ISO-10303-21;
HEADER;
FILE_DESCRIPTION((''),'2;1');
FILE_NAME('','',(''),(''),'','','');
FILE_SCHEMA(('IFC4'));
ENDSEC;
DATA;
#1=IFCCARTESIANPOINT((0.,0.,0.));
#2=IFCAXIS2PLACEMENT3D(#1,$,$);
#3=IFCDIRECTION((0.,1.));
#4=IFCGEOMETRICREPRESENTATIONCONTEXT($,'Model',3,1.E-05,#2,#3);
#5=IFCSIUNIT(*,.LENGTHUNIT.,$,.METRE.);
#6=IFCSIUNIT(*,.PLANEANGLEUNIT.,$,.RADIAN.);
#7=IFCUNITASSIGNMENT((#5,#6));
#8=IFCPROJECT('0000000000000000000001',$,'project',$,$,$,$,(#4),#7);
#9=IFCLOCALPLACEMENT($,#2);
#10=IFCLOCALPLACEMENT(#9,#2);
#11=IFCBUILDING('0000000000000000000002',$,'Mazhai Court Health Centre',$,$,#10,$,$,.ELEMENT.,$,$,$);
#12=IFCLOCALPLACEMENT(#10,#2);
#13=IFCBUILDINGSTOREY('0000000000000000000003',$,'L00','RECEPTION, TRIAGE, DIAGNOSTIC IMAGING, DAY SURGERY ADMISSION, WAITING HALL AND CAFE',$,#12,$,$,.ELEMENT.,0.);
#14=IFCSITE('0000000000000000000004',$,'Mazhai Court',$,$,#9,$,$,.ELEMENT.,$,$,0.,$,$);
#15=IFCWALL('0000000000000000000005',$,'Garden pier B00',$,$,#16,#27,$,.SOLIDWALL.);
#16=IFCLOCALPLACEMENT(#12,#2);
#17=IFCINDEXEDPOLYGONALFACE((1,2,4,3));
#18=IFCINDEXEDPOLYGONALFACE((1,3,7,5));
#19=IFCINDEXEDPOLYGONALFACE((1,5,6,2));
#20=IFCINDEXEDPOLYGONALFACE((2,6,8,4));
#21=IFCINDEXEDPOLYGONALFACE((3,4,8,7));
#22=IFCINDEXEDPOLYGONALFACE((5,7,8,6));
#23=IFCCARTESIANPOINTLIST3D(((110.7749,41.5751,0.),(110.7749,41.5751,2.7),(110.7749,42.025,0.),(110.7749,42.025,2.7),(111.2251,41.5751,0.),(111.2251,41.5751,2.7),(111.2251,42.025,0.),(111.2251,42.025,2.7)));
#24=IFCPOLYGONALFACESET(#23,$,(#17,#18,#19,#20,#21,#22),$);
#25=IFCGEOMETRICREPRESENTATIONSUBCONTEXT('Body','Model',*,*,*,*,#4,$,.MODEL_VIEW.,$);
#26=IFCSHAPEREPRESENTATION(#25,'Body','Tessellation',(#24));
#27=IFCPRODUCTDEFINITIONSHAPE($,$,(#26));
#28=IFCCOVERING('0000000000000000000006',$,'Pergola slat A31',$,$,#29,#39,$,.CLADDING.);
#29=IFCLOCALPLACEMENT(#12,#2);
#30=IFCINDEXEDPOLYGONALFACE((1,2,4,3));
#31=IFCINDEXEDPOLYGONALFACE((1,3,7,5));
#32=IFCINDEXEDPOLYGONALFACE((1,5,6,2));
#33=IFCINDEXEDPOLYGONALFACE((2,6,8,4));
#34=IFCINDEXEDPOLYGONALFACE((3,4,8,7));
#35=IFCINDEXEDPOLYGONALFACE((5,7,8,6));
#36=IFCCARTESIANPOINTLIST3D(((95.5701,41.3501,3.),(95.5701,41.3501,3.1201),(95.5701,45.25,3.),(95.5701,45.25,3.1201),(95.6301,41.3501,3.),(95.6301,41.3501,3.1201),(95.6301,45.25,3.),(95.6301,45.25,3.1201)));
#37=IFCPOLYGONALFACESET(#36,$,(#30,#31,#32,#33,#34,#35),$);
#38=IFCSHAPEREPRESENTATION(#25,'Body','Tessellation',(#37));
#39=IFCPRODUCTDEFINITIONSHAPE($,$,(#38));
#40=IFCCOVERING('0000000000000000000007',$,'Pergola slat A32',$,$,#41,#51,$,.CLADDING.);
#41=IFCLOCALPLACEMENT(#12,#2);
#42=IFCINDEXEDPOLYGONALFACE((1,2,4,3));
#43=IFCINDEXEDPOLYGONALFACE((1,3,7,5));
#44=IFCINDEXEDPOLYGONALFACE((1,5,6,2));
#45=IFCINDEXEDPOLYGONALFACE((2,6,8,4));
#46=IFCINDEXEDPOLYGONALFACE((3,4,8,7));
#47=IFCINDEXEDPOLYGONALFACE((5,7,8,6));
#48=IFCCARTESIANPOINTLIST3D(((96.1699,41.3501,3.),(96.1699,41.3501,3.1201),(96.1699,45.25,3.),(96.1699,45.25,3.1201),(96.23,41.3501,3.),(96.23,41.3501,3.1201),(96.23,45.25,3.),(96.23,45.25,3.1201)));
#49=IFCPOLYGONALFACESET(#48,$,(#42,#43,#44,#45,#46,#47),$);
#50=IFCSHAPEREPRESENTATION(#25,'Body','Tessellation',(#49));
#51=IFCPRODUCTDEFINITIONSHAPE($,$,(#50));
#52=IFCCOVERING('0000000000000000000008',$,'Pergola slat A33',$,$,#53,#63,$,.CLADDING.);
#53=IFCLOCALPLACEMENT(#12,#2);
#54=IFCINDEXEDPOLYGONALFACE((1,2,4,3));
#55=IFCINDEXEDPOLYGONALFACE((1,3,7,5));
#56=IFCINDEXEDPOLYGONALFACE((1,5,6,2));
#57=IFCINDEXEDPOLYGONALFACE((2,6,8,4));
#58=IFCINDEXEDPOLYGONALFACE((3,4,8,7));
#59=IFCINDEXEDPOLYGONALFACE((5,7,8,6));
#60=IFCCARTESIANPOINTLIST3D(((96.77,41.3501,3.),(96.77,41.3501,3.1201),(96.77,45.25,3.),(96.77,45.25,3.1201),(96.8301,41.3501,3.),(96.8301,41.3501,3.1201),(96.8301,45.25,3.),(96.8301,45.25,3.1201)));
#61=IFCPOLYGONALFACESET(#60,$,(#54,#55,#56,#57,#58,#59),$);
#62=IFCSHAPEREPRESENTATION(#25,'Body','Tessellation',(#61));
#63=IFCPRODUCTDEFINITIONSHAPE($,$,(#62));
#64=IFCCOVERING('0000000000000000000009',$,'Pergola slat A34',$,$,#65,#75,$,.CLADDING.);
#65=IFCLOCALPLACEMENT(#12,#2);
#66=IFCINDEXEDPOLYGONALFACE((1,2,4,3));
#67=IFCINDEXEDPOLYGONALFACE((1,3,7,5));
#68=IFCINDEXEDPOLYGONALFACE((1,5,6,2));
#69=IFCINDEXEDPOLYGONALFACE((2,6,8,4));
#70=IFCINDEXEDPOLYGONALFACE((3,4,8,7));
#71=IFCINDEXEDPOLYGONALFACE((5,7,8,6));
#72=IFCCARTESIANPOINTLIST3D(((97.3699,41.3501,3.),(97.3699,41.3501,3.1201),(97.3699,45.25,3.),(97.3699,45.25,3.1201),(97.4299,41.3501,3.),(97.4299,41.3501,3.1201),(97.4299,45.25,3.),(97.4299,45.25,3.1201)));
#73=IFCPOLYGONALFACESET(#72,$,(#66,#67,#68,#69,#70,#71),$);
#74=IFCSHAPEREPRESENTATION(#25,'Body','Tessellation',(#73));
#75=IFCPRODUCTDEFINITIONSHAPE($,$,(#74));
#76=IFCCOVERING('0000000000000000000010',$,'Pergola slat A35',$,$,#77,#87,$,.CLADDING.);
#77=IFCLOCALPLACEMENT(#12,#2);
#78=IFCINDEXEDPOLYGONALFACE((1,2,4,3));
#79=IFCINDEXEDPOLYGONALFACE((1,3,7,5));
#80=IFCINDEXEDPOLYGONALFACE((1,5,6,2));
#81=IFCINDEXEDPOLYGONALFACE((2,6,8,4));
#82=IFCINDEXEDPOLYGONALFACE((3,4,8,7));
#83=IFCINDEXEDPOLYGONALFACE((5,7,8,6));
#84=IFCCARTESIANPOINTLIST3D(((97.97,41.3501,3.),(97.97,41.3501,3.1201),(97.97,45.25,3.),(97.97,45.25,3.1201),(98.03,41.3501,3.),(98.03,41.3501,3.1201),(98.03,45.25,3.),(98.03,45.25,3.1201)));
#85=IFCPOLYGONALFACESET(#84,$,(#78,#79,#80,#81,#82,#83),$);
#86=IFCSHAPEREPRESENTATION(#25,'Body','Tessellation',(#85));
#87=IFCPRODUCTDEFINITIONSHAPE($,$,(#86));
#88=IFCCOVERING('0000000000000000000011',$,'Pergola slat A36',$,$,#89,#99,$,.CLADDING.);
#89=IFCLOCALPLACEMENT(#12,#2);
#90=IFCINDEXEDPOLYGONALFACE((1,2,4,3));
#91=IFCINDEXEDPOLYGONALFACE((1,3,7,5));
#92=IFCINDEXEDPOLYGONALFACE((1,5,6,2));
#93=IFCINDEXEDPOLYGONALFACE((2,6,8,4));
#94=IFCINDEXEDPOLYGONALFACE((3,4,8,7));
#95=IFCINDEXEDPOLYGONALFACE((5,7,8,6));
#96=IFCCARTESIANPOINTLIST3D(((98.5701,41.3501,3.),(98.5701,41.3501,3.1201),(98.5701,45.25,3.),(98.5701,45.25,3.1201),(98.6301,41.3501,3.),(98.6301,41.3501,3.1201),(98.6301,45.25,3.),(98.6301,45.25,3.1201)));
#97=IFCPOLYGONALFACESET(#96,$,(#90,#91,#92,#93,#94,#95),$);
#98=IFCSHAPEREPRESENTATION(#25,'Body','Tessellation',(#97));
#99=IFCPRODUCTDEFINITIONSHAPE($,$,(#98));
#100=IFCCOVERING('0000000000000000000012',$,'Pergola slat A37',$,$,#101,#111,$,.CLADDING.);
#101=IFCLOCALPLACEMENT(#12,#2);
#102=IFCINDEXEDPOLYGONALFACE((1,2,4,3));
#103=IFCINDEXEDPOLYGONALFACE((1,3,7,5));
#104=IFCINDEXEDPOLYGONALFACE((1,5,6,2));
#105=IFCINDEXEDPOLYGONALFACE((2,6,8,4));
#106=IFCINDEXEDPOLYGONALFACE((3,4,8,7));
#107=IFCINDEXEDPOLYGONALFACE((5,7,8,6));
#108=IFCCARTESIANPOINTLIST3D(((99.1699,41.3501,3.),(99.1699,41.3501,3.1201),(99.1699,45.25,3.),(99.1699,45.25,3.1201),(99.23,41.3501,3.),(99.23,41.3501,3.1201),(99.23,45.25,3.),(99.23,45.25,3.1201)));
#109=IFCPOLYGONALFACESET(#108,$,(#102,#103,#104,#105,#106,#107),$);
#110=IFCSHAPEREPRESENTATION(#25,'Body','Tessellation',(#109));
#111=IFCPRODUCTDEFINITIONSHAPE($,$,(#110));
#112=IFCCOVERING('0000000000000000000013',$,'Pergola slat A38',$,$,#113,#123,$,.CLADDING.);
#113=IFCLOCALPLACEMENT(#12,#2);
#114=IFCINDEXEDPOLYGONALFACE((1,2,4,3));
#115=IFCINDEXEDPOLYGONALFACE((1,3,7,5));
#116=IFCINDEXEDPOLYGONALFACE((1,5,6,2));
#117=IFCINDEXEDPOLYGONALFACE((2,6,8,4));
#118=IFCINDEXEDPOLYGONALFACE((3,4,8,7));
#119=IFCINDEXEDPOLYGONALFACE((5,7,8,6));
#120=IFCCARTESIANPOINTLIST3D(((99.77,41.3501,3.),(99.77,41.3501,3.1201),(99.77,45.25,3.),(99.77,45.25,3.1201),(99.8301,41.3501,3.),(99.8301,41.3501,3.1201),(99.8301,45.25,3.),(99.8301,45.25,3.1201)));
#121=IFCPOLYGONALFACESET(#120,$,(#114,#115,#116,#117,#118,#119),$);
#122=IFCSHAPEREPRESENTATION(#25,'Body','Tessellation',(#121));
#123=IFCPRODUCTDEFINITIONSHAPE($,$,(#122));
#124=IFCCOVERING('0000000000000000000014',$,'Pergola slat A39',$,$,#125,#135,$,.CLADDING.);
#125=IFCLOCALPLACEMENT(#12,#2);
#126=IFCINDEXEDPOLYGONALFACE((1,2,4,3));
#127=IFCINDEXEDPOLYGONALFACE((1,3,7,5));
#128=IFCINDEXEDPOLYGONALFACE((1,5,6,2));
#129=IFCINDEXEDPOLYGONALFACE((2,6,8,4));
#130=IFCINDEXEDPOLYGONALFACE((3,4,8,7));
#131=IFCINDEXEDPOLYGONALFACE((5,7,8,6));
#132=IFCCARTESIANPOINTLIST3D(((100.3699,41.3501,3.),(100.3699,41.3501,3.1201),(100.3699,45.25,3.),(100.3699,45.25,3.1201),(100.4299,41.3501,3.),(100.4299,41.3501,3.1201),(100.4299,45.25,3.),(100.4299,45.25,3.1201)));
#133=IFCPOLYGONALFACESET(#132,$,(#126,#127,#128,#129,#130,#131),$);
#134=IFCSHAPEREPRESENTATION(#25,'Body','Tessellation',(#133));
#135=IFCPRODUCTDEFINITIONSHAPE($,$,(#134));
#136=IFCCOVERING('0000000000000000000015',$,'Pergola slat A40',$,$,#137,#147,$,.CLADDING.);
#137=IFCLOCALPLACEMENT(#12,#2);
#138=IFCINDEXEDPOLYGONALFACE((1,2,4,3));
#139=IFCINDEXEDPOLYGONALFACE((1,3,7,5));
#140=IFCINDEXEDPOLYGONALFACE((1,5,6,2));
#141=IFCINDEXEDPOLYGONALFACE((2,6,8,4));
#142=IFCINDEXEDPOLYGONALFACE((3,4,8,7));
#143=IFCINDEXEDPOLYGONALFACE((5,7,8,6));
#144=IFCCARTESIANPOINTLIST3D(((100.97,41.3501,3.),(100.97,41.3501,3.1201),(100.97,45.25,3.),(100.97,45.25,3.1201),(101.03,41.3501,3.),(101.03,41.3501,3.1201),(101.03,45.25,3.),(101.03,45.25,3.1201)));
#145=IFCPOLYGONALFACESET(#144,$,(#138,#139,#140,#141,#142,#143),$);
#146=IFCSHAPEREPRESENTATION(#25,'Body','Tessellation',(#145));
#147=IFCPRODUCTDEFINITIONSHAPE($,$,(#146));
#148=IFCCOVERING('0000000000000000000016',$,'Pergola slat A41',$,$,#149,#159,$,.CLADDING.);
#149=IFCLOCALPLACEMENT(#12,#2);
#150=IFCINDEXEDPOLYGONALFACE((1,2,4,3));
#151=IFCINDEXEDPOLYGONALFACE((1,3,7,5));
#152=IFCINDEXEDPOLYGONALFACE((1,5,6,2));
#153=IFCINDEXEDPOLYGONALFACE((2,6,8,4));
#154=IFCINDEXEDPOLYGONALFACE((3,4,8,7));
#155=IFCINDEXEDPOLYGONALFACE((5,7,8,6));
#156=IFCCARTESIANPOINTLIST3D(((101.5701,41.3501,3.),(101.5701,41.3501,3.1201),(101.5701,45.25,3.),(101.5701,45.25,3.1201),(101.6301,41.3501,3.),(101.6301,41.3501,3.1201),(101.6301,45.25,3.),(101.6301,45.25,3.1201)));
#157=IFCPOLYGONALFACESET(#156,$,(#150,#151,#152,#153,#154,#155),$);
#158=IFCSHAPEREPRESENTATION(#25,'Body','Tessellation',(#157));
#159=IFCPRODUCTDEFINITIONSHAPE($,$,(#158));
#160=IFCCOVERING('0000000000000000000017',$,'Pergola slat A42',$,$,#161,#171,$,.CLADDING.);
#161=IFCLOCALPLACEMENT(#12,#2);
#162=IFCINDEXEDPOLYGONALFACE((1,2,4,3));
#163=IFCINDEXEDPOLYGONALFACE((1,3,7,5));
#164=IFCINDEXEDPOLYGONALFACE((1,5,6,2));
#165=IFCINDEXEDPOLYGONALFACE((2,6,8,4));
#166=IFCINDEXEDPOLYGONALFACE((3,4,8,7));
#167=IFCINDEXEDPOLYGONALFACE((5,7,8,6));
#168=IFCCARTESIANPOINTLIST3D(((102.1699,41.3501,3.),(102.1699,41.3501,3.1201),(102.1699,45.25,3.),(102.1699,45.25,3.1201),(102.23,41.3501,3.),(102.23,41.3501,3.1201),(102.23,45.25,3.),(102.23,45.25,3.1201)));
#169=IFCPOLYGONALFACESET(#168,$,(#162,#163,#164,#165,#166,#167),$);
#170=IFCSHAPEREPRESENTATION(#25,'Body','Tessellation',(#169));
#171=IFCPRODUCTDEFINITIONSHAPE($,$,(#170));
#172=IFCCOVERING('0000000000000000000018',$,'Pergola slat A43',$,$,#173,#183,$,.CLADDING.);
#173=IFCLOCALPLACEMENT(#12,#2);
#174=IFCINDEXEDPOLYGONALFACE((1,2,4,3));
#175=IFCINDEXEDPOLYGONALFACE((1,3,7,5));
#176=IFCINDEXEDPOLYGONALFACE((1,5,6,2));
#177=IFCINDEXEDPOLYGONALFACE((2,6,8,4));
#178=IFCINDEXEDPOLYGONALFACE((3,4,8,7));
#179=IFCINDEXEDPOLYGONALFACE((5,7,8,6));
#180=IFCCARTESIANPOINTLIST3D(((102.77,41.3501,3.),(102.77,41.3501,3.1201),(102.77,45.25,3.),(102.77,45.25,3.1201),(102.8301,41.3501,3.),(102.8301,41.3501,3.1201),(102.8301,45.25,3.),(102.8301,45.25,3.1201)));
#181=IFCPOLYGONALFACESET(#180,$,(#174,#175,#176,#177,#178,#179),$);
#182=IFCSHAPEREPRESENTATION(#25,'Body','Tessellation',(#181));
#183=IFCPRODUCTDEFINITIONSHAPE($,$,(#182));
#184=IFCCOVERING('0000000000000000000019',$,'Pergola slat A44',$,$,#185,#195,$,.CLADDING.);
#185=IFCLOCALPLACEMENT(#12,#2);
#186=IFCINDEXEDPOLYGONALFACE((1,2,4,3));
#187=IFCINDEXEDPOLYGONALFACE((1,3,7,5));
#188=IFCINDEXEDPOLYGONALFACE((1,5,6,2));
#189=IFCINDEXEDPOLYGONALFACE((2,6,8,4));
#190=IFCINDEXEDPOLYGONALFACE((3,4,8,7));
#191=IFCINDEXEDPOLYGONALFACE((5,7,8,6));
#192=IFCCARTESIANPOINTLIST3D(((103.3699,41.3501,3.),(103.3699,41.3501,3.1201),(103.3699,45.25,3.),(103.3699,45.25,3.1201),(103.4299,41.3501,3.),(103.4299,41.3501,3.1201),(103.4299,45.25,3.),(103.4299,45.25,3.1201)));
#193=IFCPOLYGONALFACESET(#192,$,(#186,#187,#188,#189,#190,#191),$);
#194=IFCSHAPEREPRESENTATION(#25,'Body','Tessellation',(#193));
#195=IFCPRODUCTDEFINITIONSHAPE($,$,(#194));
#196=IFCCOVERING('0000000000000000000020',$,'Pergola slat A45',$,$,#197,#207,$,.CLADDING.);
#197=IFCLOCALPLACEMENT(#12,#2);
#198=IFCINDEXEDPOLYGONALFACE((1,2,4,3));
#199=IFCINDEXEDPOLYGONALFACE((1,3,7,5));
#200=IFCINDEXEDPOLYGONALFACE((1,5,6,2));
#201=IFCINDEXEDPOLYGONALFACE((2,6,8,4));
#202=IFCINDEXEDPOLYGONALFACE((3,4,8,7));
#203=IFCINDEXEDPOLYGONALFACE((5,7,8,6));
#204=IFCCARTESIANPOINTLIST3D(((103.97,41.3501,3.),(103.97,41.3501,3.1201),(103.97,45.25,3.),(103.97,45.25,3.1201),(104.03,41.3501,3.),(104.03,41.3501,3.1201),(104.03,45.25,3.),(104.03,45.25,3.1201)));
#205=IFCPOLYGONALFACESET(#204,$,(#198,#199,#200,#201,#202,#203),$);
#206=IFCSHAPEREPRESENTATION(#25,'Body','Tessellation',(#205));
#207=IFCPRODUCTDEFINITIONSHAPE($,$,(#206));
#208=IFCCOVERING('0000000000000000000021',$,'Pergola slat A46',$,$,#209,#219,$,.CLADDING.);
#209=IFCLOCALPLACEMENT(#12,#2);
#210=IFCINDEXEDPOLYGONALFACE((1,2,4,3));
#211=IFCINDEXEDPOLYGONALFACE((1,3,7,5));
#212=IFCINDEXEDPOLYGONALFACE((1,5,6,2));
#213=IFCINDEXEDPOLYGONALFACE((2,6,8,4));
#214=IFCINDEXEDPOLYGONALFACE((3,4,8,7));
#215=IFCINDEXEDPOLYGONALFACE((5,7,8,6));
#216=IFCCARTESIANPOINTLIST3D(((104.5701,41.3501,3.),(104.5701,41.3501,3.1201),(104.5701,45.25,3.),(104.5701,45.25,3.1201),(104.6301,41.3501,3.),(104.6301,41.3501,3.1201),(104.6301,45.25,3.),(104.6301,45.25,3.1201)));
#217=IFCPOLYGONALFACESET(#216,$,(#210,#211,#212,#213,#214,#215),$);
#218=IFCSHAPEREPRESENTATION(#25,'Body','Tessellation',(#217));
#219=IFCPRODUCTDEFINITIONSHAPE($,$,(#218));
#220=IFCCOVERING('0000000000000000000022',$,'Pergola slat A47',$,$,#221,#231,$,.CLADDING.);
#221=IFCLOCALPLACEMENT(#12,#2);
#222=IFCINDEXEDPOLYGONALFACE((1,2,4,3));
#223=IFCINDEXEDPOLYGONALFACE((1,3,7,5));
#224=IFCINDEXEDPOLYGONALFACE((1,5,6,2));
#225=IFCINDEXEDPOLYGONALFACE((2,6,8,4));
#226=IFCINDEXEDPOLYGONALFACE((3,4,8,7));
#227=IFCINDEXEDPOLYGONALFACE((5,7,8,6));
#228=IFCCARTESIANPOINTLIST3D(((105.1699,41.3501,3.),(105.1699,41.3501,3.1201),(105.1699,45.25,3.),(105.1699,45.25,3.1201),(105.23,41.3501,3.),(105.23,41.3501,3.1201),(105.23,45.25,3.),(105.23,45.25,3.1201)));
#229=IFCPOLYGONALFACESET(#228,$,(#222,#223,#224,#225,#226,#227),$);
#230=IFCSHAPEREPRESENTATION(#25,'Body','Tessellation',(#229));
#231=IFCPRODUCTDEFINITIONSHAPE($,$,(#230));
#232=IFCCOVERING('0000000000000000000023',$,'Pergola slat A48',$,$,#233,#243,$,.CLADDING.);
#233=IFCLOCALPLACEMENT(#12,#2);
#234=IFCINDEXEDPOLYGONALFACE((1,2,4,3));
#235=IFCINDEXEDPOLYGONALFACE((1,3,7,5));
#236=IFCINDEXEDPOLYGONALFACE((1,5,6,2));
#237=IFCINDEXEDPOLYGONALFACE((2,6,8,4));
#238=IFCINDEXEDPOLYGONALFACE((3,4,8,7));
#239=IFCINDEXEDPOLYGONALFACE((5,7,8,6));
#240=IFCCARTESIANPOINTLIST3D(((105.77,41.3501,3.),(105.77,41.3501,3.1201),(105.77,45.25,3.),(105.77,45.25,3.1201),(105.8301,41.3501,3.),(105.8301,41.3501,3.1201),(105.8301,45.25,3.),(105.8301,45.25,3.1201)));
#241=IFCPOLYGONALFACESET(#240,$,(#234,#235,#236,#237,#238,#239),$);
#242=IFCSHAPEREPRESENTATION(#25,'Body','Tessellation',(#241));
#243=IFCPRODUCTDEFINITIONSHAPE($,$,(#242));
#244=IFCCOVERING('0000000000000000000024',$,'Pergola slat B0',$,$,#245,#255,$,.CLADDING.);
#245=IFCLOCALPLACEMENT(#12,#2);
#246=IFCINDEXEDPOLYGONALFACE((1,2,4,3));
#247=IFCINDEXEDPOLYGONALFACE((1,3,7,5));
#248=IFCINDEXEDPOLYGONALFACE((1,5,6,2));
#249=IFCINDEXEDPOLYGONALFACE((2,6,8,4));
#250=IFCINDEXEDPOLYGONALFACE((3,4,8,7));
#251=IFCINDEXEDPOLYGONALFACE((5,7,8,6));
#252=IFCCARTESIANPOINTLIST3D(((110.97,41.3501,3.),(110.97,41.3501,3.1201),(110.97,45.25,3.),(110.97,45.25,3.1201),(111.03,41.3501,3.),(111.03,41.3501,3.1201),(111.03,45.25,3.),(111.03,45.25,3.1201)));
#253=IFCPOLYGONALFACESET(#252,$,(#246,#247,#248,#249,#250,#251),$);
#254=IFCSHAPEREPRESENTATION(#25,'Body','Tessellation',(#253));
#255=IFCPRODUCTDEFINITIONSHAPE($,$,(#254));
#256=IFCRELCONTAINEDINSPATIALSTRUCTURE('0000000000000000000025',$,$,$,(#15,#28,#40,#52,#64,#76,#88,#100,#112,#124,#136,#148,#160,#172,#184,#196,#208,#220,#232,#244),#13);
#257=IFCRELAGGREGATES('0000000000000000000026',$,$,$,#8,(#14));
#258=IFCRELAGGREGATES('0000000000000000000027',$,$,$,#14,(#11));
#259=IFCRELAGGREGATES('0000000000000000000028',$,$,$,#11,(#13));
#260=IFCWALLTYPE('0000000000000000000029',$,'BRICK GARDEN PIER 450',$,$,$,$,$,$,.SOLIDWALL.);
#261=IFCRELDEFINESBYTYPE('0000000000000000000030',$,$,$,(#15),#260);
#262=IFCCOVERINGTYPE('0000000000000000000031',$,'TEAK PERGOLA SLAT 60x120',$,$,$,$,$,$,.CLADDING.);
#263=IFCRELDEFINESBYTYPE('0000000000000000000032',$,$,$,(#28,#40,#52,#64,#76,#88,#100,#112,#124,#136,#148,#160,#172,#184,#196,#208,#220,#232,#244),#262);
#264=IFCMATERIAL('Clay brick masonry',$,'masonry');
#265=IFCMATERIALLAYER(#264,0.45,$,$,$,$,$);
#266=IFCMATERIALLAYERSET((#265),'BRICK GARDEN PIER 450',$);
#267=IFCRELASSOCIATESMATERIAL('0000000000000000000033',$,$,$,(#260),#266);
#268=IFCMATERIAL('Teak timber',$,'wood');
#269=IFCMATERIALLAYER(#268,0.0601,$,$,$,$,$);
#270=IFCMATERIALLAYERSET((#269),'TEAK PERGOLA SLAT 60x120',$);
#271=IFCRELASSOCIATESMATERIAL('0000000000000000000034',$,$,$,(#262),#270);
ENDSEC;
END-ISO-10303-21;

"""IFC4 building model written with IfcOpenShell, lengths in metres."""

from ifc_helpers import new_model, si_unit, direction, frame, frame_2d, origin, origin_2d, place, context, subcontext, project, spatial, rectangle, extrude, material, layer, layer_set, type_object, element, save


model = new_model("IFC4")

# Units and contexts
model_context = context("Model", 3, precision=1e-05, world=origin(), true_north=direction((0.0, 1.0)))
body_context = subcontext(model_context, "Body", "Model", "MODEL_VIEW")
ifc_project = project(units=[si_unit("LENGTHUNIT", "METRE"), si_unit("PLANEANGLEUNIT", "RADIAN")], contexts=[model_context])

# Site, building, storey
site_placement = place(None, origin())
site = spatial("IfcSite", under=ifc_project, at=site_placement, Name="Mazhai Court", CompositionType="ELEMENT", RefElevation=0.0)
building_placement = place(site_placement, origin())
building = spatial("IfcBuilding", under=site, at=building_placement, Name="Mazhai Court Health Centre", CompositionType="ELEMENT")
storey_placement = place(building_placement, origin())
storey = spatial("IfcBuildingStorey", under=building, at=storey_placement, Name="L00", Description="RECEPTION, TRIAGE, DIAGNOSTIC IMAGING, DAY SURGERY ADMISSION, WAITING HALL AND CAFE", CompositionType="ELEMENT", Elevation=0.0)

# Wall
ifc_material_1 = material(Name="Clay brick masonry", Category="masonry")
ifc_layer_1 = layer(ifc_material_1, 0.45)
ifc_layer_set_1 = layer_set([ifc_layer_1], Name="BRICK GARDEN PIER 450")
wall_type = type_object("IfcWallType", Name="BRICK GARDEN PIER 450", PredefinedType="SOLIDWALL", material=ifc_layer_set_1)
wall_placement = place(storey_placement, frame((110.7749, 41.8, 0.0), z_axis=(0.0, 0.0, 1.0), x_axis=(1.0, 0.0, 0.0)))
element("IfcWall", 1, at=wall_placement, inside=storey, type_object=wall_type, Name="Garden pier B00", PredefinedType="SOLIDWALL", context=body_context, shape_type="SweptSolid", body=[
    extrude(rectangle(XDim=0.4502, YDim=0.45, at=frame_2d((0.2251, 0.0))), origin(), (0.0, 0.0, 1.0), 2.7),
])

# Coverings
ifc_material_2 = material(Name="Teak timber", Category="wood")
ifc_layer_2 = layer(ifc_material_2, 0.0601)
ifc_layer_set_2 = layer_set([ifc_layer_2], Name="TEAK PERGOLA SLAT 60x120")
covering_type = type_object("IfcCoveringType", Name="TEAK PERGOLA SLAT 60x120", PredefinedType="CLADDING", material=ifc_layer_set_2)
for number, where, z_axis, x_axis, name in (
    (2, (95.6001, 43.3, 3.0), (0.0, 0.0, 1.0), (1.0, 0.0, 0.0), "Pergola slat A31"),
    (3, (96.2, 43.3, 3.0), (0.0, 0.0, 1.0), (1.0, 0.0, 0.0), "Pergola slat A32"),
    (4, (96.8, 43.3, 3.0), (0.0, 0.0, 1.0), (1.0, 0.0, 0.0), "Pergola slat A33"),
    (5, (97.3999, 43.3, 3.0), (0.0, 0.0, 1.0), (1.0, 0.0, 0.0), "Pergola slat A34"),
    (6, (98.0, 43.3, 3.0), (0.0, 0.0, 1.0), (1.0, 0.0, 0.0), "Pergola slat A35"),
    (7, (98.6001, 43.3, 3.0), (0.0, 0.0, 1.0), (1.0, 0.0, 0.0), "Pergola slat A36"),
    (8, (99.2, 43.3, 3.0), (0.0, 0.0, 1.0), (1.0, 0.0, 0.0), "Pergola slat A37"),
    (9, (99.8, 43.3, 3.0), (0.0, 0.0, 1.0), (1.0, 0.0, 0.0), "Pergola slat A38"),
    (10, (100.3999, 43.3, 3.0), (0.0, 0.0, 1.0), (1.0, 0.0, 0.0), "Pergola slat A39"),
    (11, (101.0, 43.3, 3.0), (0.0, 0.0, 1.0), (1.0, 0.0, 0.0), "Pergola slat A40"),
    (12, (101.6001, 43.3, 3.0), (0.0, 0.0, 1.0), (1.0, 0.0, 0.0), "Pergola slat A41"),
    (13, (102.2, 43.3, 3.0), (0.0, 0.0, 1.0), (1.0, 0.0, 0.0), "Pergola slat A42"),
    (14, (102.8, 43.3, 3.0), (0.0, 0.0, 1.0), (1.0, 0.0, 0.0), "Pergola slat A43"),
    (15, (103.3999, 43.3, 3.0), (0.0, 0.0, 1.0), (1.0, 0.0, 0.0), "Pergola slat A44"),
    (16, (104.0, 43.3, 3.0), (0.0, 0.0, 1.0), (1.0, 0.0, 0.0), "Pergola slat A45"),
    (17, (104.6001, 43.3, 3.0), (0.0, 0.0, 1.0), (1.0, 0.0, 0.0), "Pergola slat A46"),
    (18, (105.2, 43.3, 3.0), (0.0, 0.0, 1.0), (1.0, 0.0, 0.0), "Pergola slat A47"),
    (19, (105.8, 43.3, 3.0), (0.0, 0.0, 1.0), (1.0, 0.0, 0.0), "Pergola slat A48"),
    (20, (111.0, 43.3, 3.0), (0.0, 0.0, 1.0), (1.0, 0.0, 0.0), "Pergola slat B0"),
):
    element("IfcCovering", number, at=place(storey_placement, frame(where, z_axis=z_axis, x_axis=x_axis)), inside=storey, type_object=covering_type, Name=name, PredefinedType="CLADDING", context=body_context, shape_type="SweptSolid", body=[
        extrude(rectangle(XDim=0.0601, YDim=3.8999, at=origin_2d()), origin(), (0.0, 0.0, 1.0), 0.1201),
    ])

save(model, "model.ifc")
